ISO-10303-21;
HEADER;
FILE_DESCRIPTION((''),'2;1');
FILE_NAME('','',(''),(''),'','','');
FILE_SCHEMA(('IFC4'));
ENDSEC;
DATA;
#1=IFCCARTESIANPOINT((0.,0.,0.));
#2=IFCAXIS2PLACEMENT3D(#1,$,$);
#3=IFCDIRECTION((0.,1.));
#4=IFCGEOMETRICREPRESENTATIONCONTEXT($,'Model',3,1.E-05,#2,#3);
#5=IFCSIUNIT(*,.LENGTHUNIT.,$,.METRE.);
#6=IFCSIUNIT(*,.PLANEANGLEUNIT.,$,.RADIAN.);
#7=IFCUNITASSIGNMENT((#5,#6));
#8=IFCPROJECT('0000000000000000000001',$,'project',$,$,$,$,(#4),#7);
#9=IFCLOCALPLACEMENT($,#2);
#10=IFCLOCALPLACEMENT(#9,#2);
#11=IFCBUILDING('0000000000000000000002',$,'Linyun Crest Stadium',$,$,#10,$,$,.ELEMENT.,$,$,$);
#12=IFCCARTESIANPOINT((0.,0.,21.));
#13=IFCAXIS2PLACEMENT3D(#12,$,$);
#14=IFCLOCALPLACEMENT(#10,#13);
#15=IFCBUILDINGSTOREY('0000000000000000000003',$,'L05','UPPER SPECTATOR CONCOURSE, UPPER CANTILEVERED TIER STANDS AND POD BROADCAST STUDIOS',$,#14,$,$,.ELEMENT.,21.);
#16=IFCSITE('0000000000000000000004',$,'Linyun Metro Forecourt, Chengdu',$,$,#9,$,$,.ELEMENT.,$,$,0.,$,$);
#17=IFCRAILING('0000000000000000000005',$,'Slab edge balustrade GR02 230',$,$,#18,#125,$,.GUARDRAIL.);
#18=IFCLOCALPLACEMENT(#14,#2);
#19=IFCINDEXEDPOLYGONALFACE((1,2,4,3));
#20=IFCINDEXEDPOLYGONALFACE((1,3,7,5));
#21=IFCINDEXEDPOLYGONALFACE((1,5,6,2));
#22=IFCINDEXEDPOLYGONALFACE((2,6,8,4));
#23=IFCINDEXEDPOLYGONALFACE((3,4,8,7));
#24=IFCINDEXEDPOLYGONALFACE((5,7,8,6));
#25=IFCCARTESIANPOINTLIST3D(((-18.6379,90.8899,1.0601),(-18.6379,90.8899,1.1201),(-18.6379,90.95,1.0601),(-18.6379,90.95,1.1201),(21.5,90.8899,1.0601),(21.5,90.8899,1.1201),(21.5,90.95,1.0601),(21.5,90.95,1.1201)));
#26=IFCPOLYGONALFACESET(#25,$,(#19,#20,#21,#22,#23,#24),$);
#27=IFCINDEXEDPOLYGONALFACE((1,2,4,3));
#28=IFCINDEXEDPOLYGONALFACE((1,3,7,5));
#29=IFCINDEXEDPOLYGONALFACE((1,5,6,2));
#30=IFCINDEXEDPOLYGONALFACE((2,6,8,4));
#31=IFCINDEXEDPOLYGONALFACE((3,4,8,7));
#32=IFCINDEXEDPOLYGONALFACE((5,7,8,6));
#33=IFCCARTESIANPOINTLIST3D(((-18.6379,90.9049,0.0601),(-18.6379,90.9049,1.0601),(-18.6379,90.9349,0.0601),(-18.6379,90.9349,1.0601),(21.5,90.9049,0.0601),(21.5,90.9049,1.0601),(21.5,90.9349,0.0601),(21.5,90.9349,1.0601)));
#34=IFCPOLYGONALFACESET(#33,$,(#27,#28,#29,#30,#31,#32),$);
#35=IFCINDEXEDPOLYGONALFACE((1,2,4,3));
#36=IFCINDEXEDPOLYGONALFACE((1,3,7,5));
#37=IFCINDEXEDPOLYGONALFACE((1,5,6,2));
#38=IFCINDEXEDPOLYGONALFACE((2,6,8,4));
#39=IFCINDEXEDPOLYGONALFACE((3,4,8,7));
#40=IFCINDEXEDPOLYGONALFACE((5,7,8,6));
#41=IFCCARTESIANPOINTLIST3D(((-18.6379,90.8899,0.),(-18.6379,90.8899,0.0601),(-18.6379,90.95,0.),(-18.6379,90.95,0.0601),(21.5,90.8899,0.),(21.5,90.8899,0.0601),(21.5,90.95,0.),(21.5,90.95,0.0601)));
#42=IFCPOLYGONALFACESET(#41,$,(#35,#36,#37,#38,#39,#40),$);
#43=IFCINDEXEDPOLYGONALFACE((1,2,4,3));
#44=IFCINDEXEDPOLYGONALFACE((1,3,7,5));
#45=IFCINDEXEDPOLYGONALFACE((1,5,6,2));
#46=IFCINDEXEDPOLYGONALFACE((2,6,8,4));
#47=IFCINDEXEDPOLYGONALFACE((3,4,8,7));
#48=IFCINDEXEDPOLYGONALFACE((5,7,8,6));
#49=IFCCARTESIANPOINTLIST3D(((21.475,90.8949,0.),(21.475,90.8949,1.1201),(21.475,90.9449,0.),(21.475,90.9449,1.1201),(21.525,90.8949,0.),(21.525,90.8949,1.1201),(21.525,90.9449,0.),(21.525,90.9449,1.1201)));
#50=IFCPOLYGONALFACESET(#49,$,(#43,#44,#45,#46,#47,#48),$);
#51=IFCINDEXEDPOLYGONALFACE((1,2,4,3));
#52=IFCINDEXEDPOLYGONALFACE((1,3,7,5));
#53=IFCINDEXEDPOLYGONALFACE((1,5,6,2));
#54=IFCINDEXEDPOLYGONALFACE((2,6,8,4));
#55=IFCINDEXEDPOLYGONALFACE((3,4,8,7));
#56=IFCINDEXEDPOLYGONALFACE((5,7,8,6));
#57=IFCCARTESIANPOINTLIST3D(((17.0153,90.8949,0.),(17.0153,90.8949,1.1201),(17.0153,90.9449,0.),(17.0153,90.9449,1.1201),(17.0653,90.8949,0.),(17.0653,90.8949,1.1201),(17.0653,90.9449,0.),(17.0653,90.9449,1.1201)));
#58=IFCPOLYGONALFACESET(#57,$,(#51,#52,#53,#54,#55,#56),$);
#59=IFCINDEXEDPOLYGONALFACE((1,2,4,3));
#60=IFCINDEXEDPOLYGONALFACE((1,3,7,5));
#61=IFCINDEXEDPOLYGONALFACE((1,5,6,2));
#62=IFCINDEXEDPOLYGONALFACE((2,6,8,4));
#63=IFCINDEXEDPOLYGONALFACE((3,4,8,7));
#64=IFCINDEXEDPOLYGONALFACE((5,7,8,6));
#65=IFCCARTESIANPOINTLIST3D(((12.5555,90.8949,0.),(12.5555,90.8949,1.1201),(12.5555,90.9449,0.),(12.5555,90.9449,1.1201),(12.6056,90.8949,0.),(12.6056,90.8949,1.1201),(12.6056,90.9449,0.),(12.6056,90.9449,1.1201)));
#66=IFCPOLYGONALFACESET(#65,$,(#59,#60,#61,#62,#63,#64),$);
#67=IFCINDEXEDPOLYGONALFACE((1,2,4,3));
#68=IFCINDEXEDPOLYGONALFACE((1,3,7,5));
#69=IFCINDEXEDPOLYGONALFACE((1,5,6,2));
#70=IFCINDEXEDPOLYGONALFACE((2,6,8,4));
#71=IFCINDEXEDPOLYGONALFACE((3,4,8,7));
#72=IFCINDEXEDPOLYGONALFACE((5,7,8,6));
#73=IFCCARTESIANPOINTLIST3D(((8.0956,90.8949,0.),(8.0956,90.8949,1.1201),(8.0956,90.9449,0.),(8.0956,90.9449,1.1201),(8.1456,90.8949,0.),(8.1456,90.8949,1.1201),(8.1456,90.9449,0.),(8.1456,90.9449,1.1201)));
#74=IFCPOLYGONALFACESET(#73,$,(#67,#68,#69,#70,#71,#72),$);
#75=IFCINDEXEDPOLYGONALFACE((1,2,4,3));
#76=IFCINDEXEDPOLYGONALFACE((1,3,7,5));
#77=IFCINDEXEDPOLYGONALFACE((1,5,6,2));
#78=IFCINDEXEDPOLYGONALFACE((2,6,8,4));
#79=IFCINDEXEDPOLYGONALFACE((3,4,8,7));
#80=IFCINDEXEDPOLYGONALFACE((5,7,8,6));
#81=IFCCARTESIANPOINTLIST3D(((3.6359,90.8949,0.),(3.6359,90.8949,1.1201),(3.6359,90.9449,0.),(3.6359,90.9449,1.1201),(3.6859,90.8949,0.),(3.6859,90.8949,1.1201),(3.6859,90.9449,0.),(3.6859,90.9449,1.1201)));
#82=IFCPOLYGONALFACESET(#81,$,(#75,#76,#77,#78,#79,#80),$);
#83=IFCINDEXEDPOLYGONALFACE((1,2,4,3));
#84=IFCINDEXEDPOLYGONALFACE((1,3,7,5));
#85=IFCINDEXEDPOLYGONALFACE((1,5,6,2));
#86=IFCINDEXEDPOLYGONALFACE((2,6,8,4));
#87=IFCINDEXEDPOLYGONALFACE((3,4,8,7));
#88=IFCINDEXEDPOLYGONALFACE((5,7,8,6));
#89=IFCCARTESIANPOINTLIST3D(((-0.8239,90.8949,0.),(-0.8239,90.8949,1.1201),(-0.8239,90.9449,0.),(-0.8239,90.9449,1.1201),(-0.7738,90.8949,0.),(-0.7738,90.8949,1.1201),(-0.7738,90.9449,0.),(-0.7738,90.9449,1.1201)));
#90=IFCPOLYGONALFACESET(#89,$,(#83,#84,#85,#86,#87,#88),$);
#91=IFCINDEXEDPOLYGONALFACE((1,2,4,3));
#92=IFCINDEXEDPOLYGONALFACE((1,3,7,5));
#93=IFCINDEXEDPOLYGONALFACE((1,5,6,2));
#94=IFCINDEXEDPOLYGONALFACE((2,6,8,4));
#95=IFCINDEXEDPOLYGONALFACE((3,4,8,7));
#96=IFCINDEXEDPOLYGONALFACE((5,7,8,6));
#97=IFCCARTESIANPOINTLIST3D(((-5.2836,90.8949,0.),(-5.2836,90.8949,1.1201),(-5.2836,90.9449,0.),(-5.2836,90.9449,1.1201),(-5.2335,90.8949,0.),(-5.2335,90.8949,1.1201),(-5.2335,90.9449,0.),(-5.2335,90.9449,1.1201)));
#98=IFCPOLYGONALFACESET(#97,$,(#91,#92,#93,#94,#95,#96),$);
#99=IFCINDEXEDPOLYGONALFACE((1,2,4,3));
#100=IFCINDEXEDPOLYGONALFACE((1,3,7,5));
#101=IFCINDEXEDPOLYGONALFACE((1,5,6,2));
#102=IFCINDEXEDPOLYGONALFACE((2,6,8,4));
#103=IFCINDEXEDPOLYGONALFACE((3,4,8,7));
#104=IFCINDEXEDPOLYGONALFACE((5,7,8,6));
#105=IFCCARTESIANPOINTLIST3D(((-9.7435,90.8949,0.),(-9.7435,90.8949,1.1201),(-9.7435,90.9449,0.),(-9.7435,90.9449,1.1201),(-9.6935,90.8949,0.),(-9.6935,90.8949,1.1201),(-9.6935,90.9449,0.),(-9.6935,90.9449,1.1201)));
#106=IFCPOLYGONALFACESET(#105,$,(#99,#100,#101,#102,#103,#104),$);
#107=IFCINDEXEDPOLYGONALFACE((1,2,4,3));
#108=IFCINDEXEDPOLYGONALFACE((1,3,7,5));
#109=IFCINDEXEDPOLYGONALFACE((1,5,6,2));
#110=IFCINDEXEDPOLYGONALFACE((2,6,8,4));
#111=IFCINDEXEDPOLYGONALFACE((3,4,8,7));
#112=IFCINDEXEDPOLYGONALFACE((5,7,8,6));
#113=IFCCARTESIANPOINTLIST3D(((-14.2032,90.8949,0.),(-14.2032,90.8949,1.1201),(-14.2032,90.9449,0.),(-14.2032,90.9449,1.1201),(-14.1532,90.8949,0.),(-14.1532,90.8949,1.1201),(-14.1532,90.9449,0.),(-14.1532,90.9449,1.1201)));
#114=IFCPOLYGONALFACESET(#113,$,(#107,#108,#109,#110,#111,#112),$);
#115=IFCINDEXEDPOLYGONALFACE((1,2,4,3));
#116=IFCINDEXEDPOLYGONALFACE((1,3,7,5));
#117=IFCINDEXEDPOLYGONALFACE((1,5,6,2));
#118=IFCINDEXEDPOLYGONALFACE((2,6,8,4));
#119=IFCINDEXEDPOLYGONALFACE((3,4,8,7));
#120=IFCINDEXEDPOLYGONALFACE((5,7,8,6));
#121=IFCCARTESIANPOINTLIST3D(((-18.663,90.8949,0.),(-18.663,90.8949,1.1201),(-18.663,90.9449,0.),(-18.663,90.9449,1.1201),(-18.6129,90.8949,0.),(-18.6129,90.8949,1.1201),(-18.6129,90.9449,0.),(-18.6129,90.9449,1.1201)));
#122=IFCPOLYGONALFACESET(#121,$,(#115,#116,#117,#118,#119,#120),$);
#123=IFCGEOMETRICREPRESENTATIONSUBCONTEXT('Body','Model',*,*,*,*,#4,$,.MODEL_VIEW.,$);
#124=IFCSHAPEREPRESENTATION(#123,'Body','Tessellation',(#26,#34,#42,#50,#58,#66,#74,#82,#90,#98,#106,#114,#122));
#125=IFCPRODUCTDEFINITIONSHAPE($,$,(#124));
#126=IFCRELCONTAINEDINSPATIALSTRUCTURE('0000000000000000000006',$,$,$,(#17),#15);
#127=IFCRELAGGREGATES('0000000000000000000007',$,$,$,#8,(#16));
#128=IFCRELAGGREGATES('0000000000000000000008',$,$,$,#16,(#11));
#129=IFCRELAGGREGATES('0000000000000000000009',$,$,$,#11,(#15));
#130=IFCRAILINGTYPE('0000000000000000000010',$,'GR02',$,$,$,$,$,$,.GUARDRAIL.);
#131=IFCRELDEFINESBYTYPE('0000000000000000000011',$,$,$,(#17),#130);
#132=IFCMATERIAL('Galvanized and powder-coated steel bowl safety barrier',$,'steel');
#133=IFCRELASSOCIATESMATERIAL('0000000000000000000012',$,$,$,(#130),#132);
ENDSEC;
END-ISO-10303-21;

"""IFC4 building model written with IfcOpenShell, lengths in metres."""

from ifc_helpers import new_model, si_unit, direction, frame, origin, origin_2d, place, context, subcontext, project, spatial, rectangle, extrude, material, type_object, element, save


model = new_model("IFC4")

# Units and contexts
model_context = context("Model", 3, precision=1e-05, world=origin(), true_north=direction((0.0, 1.0)))
body_context = subcontext(model_context, "Body", "Model", "MODEL_VIEW")
ifc_project = project(units=[si_unit("LENGTHUNIT", "METRE"), si_unit("PLANEANGLEUNIT", "RADIAN")], contexts=[model_context])

# Site, building, storey
site_placement = place(None, origin())
site = spatial("IfcSite", under=ifc_project, at=site_placement, Name="Linyun Metro Forecourt, Chengdu", CompositionType="ELEMENT", RefElevation=0.0)
building_placement = place(site_placement, origin())
building = spatial("IfcBuilding", under=site, at=building_placement, Name="Linyun Crest Stadium", CompositionType="ELEMENT")
storey_placement = place(building_placement, frame((0.0, 0.0, 21.0)))
storey = spatial("IfcBuildingStorey", under=building, at=storey_placement, Name="L05", Description="UPPER SPECTATOR CONCOURSE, UPPER CANTILEVERED TIER STANDS AND POD BROADCAST STUDIOS", CompositionType="ELEMENT", Elevation=21.0)

# Railing
ifc_material_1 = material(Name="Galvanized and powder-coated steel bowl safety barrier", Category="steel")
railing_type = type_object("IfcRailingType", Name="GR02", PredefinedType="GUARDRAIL", material=ifc_material_1)
railing_1_placement = place(storey_placement, frame((21.5, 90.9199, 0.0)))
element("IfcRailing", 1, at=railing_1_placement, inside=storey, type_object=railing_type, Name="Slab edge balustrade GR02 230", PredefinedType="GUARDRAIL", context=body_context, shape_type="SweptSolid", body=[
    extrude(rectangle(XDim=0.0601, YDim=0.0601, at=origin_2d()), frame((0.0, 0.0, 1.0901), z_axis=(-1.0, 0.0, 0.0), x_axis=(0.0, -1.0, 0.0)), (0.0, 0.0, 1.0), 40.1379),
    extrude(rectangle(XDim=0.03, YDim=1.0, at=origin_2d()), frame((0.0, 0.0, 0.5601), z_axis=(-1.0, 0.0, 0.0), x_axis=(0.0, -1.0, 0.0)), (0.0, 0.0, 1.0), 40.1379),
    extrude(rectangle(XDim=0.0601, YDim=0.0601, at=origin_2d()), frame((0.0, 0.0, 0.03), z_axis=(-1.0, 0.0, 0.0), x_axis=(0.0, -1.0, 0.0)), (0.0, 0.0, 1.0), 40.1379),
    extrude(rectangle(XDim=0.05, YDim=0.05, at=origin_2d()), origin(), (0.0, 0.0, 1.0), 1.1201),
    extrude(rectangle(XDim=0.05, YDim=0.05, at=origin_2d()), frame((-4.4597, 0.0, 0.0)), (0.0, 0.0, 1.0), 1.1201),
    extrude(rectangle(XDim=0.05, YDim=0.05, at=origin_2d()), frame((-8.9194, 0.0, 0.0)), (0.0, 0.0, 1.0), 1.1201),
    extrude(rectangle(XDim=0.05, YDim=0.05, at=origin_2d()), frame((-13.3794, 0.0, 0.0)), (0.0, 0.0, 1.0), 1.1201),
    extrude(rectangle(XDim=0.05, YDim=0.05, at=origin_2d()), frame((-17.8391, 0.0, 0.0)), (0.0, 0.0, 1.0), 1.1201),
    extrude(rectangle(XDim=0.05, YDim=0.05, at=origin_2d()), frame((-22.2988, 0.0, 0.0)), (0.0, 0.0, 1.0), 1.1201),
    extrude(rectangle(XDim=0.05, YDim=0.05, at=origin_2d()), frame((-26.7585, 0.0, 0.0)), (0.0, 0.0, 1.0), 1.1201),
    extrude(rectangle(XDim=0.05, YDim=0.05, at=origin_2d()), frame((-31.2185, 0.0, 0.0)), (0.0, 0.0, 1.0), 1.1201),
    extrude(rectangle(XDim=0.05, YDim=0.05, at=origin_2d()), frame((-35.6782, 0.0, 0.0)), (0.0, 0.0, 1.0), 1.1201),
    extrude(rectangle(XDim=0.05, YDim=0.05, at=origin_2d()), frame((-40.1379, 0.0, 0.0)), (0.0, 0.0, 1.0), 1.1201),
])

save(model, "model.ifc")
